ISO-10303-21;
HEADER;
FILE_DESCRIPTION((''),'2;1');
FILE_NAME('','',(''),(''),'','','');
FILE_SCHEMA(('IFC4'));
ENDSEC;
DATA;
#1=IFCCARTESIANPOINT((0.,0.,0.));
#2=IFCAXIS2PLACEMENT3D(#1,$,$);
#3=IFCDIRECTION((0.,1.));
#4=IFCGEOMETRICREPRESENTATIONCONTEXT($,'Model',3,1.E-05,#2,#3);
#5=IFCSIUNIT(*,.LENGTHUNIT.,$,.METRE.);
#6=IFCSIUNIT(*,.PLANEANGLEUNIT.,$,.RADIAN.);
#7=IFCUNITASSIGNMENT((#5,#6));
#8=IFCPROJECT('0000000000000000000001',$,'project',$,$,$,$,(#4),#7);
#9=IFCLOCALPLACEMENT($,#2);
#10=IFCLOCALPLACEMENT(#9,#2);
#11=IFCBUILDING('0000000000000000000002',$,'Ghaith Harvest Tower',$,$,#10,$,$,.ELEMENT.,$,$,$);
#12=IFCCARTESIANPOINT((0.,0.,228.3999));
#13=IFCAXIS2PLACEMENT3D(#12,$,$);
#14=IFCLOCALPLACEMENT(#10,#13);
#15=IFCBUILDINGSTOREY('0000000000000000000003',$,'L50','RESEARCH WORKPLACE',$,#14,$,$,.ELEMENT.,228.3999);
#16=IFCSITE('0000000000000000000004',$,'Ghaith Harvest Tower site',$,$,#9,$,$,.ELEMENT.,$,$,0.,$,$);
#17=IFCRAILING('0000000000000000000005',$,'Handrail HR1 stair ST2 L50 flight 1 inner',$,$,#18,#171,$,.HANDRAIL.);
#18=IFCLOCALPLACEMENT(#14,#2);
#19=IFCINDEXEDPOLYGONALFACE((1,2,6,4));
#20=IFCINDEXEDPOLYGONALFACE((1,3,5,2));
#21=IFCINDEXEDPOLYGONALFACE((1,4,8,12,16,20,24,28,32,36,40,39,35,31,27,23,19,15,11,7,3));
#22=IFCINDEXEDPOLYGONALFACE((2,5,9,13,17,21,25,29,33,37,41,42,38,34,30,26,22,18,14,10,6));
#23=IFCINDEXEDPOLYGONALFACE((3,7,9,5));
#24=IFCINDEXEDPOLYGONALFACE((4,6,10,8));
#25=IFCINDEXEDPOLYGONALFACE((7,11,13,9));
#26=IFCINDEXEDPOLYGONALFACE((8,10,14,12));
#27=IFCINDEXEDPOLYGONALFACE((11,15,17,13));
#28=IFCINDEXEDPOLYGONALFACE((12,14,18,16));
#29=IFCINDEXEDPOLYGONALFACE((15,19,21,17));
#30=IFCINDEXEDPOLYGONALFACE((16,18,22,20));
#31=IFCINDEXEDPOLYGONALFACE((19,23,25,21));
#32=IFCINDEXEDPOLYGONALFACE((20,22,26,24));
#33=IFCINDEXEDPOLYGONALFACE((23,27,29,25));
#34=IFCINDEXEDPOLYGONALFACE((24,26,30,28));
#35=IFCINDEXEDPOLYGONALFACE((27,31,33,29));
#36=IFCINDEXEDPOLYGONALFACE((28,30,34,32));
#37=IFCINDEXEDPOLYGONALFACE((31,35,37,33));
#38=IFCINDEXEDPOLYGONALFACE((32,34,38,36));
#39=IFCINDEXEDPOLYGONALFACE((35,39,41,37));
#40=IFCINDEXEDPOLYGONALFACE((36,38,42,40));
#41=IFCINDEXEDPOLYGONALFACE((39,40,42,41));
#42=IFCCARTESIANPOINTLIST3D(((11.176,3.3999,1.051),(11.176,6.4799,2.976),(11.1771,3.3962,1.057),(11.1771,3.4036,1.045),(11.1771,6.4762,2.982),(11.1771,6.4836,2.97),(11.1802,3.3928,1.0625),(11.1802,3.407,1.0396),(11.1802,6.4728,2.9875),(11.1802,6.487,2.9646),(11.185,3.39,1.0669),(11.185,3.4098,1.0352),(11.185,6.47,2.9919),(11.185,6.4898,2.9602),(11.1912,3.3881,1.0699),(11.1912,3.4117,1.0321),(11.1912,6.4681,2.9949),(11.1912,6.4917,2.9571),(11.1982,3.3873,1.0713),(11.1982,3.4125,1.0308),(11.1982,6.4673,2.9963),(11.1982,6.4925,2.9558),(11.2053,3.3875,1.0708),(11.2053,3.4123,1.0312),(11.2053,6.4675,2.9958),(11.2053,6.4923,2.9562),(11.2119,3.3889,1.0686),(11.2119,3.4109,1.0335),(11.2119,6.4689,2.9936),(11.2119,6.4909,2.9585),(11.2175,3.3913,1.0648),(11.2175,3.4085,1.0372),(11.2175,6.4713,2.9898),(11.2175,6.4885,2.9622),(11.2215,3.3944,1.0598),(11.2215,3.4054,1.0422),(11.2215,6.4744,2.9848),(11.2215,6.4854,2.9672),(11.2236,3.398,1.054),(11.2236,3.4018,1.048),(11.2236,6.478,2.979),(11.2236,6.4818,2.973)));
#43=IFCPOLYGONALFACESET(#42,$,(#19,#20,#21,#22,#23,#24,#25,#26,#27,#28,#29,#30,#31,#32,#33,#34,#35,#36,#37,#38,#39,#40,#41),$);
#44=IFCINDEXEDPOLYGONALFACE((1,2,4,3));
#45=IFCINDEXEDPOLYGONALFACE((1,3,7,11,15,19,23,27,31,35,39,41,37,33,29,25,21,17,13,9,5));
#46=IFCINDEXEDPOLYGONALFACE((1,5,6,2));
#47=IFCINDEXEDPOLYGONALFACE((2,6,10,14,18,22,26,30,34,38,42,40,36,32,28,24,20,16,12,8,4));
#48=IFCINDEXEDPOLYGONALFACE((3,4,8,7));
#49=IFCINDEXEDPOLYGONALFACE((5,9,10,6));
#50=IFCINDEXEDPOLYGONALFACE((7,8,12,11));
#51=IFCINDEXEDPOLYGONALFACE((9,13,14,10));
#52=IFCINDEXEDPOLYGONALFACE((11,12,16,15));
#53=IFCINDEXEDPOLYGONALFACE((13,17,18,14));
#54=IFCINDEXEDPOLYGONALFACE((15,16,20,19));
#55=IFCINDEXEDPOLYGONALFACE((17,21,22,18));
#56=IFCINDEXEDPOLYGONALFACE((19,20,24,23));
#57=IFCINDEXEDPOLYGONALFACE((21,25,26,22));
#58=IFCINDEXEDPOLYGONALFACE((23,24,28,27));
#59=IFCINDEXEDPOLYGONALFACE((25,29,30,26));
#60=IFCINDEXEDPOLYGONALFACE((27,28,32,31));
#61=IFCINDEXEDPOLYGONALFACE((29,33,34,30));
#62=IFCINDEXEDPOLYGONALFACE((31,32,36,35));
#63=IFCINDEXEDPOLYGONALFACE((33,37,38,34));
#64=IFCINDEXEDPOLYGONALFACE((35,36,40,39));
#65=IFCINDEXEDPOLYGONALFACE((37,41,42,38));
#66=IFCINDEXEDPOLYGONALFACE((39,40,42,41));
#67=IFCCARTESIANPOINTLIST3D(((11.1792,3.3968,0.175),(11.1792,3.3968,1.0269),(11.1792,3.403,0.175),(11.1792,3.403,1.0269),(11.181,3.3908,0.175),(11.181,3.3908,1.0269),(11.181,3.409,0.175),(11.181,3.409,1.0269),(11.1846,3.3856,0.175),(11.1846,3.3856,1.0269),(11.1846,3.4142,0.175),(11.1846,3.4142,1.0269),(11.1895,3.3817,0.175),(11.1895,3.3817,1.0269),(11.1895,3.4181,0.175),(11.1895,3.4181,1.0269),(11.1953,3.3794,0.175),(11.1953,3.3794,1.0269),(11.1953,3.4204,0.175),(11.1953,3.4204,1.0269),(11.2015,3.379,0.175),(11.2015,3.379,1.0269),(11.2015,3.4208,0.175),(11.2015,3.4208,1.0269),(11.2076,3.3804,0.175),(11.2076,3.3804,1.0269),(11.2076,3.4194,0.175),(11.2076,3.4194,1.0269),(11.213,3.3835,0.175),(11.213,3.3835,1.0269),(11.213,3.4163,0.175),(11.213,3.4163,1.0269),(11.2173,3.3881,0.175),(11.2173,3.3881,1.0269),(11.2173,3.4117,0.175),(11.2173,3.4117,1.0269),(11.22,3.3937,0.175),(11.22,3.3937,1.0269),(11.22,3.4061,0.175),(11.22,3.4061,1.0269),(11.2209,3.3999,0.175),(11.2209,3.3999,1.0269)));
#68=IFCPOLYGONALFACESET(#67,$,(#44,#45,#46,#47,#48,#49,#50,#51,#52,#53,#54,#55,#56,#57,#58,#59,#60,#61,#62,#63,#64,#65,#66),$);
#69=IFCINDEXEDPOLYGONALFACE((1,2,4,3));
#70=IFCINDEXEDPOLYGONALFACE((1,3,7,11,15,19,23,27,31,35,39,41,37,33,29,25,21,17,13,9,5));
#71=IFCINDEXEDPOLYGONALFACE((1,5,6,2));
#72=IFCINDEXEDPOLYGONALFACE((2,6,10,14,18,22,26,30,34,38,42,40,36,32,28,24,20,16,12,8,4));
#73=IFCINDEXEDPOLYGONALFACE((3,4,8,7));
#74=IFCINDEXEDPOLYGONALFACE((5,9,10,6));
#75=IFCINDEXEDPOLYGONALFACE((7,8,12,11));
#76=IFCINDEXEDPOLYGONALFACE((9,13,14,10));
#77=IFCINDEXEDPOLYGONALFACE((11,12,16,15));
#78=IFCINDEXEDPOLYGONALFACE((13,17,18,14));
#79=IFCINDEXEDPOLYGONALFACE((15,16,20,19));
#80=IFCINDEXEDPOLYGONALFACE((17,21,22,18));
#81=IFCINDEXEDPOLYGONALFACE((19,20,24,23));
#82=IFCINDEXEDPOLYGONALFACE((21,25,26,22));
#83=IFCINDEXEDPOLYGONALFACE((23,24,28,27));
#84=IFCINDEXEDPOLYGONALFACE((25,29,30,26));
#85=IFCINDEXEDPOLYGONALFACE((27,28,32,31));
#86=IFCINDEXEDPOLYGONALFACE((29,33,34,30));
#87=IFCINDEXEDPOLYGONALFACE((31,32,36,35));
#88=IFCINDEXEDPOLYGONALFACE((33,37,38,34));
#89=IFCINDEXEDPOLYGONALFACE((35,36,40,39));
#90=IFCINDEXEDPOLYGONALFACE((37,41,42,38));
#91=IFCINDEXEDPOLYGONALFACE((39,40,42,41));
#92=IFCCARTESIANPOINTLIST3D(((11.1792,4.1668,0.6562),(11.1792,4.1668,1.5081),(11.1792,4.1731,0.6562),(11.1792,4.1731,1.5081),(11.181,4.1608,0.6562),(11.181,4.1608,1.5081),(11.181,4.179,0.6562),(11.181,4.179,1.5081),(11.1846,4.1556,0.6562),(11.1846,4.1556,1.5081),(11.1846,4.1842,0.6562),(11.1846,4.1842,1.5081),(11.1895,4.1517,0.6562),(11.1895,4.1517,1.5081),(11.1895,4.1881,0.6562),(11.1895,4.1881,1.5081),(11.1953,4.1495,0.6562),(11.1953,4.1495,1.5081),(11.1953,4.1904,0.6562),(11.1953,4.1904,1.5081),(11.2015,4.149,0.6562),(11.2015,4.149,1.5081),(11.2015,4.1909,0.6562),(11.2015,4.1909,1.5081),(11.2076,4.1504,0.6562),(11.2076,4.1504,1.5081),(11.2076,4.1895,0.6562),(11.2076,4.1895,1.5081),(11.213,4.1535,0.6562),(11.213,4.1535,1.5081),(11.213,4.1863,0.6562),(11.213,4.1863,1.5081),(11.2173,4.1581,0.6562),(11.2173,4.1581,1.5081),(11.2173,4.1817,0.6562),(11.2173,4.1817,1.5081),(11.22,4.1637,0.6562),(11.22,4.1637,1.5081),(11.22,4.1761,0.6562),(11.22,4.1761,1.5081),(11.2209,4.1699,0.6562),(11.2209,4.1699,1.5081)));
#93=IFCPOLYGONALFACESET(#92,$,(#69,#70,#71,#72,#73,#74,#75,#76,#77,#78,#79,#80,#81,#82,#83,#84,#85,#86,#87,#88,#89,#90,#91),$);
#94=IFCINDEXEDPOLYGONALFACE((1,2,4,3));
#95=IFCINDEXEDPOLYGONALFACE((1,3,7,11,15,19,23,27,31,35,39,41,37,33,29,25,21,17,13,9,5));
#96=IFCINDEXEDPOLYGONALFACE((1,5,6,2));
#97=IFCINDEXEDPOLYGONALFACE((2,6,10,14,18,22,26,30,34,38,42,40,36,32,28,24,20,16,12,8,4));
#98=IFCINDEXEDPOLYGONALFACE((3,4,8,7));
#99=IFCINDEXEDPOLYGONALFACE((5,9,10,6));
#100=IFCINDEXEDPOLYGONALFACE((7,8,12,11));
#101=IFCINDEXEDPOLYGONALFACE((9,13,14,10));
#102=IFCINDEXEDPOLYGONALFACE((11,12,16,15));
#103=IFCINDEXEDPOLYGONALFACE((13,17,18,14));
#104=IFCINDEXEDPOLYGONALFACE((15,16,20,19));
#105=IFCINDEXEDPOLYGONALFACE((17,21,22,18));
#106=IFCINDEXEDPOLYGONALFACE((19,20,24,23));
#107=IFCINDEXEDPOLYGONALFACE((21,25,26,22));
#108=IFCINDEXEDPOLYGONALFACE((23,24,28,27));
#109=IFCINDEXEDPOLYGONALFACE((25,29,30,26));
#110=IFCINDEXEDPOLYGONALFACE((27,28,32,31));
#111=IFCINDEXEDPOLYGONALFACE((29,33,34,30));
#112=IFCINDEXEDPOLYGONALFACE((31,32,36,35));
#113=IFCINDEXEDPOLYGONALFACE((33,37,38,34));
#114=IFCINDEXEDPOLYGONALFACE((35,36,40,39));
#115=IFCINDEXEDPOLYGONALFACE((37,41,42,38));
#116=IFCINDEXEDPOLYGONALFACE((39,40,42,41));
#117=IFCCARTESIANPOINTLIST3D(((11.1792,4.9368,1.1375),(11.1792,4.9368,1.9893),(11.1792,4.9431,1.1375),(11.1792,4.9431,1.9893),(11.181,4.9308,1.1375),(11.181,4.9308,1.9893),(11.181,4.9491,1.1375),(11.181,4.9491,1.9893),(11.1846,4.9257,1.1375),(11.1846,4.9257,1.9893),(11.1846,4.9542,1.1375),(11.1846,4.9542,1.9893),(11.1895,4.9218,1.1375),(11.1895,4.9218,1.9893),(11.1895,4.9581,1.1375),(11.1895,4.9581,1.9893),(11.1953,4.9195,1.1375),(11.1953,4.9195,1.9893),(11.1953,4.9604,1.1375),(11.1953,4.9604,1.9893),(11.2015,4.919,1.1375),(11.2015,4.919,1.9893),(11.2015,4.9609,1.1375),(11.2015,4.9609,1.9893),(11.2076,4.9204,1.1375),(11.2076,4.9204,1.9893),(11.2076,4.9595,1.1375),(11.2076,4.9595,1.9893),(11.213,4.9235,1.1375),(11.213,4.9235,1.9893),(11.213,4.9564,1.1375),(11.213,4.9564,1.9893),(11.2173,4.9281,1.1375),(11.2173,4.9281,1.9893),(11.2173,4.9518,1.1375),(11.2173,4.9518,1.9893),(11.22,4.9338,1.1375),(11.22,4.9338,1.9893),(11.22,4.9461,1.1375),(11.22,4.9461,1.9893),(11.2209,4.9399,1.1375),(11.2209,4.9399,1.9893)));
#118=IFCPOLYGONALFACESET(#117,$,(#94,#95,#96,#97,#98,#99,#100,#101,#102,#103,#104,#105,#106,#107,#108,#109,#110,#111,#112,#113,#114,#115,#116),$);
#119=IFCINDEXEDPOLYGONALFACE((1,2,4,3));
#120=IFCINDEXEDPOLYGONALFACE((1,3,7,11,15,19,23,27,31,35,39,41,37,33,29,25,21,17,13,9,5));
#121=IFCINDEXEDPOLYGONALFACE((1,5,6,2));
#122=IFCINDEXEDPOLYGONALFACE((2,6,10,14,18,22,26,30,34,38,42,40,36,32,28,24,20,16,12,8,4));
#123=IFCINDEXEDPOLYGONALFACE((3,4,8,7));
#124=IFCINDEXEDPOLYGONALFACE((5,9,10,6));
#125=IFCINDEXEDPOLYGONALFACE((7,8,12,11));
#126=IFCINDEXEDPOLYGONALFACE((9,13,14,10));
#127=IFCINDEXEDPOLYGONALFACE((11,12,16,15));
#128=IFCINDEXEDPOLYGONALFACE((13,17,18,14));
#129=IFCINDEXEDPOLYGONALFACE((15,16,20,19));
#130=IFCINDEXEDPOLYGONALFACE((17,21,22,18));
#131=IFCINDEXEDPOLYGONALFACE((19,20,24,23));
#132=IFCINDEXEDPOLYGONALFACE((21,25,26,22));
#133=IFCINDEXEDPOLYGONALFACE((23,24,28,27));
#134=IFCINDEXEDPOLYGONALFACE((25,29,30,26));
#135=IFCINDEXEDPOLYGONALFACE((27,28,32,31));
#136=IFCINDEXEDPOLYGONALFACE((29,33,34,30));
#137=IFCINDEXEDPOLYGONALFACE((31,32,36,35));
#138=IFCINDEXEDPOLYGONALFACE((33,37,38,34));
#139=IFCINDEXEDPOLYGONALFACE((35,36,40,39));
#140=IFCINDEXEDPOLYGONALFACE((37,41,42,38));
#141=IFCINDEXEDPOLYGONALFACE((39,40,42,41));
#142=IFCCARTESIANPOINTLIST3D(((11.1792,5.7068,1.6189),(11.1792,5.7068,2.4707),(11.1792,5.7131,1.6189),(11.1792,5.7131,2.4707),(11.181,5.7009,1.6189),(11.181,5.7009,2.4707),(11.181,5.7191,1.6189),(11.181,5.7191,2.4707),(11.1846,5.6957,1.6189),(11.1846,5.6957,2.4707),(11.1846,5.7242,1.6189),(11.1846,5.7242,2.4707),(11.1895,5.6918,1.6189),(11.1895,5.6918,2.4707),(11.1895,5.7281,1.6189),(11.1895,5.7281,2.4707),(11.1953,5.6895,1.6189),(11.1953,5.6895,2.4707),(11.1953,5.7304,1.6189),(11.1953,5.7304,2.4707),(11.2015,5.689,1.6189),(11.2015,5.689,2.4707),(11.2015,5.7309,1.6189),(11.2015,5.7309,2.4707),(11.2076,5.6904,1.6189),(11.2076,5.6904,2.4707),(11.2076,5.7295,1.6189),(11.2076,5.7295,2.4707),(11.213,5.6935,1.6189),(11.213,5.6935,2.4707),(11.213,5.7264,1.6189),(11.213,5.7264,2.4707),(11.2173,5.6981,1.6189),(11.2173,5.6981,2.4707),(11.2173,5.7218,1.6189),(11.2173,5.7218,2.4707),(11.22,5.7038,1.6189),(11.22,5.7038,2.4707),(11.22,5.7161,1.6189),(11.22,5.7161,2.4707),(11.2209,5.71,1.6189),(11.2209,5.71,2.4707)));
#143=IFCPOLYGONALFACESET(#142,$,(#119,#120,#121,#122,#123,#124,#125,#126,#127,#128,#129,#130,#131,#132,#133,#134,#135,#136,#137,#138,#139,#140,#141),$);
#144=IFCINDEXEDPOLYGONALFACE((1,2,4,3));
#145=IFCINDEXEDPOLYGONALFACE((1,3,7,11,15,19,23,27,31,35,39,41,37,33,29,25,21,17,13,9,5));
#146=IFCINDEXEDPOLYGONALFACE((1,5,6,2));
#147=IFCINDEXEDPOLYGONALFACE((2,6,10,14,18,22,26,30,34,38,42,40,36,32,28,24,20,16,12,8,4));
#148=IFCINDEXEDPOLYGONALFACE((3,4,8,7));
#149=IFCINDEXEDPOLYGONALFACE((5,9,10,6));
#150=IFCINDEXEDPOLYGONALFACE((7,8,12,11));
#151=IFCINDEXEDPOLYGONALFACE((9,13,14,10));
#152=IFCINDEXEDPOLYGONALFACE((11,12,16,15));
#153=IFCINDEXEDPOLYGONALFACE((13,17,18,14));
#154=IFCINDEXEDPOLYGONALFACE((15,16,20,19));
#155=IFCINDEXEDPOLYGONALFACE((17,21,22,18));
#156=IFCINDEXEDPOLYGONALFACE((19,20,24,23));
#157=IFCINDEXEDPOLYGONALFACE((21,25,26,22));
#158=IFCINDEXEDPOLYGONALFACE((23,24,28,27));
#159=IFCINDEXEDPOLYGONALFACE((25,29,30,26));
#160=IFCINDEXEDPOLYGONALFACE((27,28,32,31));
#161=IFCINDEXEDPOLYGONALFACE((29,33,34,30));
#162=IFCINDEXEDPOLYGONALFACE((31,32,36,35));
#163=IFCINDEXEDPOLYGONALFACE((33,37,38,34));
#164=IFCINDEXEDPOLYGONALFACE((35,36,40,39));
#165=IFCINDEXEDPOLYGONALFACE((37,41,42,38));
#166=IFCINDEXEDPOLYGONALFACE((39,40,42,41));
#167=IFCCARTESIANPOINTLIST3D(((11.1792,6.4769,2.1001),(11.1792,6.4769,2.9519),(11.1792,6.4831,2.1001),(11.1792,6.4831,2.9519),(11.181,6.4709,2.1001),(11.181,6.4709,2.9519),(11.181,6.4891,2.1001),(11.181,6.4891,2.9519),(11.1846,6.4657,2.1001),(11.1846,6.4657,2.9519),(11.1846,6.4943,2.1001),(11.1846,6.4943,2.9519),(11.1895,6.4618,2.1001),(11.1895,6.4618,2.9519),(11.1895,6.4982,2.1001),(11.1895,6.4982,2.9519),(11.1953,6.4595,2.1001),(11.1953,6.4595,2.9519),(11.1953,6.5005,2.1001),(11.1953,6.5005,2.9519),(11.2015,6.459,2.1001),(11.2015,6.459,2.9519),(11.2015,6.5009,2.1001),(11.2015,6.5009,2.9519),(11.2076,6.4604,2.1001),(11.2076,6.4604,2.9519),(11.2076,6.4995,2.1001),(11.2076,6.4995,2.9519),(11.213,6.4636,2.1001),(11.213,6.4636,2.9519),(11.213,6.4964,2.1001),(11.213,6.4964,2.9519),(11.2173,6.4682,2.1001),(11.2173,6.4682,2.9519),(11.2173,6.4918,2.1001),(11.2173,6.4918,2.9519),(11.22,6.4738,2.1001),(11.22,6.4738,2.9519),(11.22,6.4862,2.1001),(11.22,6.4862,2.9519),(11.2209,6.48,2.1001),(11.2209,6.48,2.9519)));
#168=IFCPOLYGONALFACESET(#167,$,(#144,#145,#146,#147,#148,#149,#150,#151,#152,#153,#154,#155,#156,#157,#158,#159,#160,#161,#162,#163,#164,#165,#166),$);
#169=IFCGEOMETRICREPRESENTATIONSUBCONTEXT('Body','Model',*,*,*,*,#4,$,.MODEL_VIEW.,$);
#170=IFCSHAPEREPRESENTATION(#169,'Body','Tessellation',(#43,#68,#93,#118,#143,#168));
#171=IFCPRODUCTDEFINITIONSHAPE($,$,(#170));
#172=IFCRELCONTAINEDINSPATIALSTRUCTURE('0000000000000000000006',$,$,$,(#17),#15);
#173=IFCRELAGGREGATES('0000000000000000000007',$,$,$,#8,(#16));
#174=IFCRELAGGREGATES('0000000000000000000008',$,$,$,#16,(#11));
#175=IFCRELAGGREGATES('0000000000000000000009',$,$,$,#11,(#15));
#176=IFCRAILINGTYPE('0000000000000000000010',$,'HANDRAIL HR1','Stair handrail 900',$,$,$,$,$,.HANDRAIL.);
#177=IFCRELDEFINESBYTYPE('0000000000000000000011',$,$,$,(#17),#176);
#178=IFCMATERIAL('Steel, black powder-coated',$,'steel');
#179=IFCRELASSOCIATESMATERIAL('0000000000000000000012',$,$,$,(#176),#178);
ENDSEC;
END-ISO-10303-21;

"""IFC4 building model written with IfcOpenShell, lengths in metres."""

from ifc_helpers import new_model, si_unit, direction, frame, origin, origin_2d, place, context, subcontext, project, spatial, circle, extrude, material, type_object, element, save


model = new_model("IFC4")

# Units and contexts
model_context = context("Model", 3, precision=1e-05, world=origin(), true_north=direction((0.0, 1.0)))
body_context = subcontext(model_context, "Body", "Model", "MODEL_VIEW")
ifc_project = project(units=[si_unit("LENGTHUNIT", "METRE"), si_unit("PLANEANGLEUNIT", "RADIAN")], contexts=[model_context])

# Site, building, storey
site_placement = place(None, origin())
site = spatial("IfcSite", under=ifc_project, at=site_placement, Name="Ghaith Harvest Tower site", CompositionType="ELEMENT", RefElevation=0.0)
building_placement = place(site_placement, origin())
building = spatial("IfcBuilding", under=site, at=building_placement, Name="Ghaith Harvest Tower", CompositionType="ELEMENT")
storey_placement = place(building_placement, frame((0.0, 0.0, 228.3999)))
storey = spatial("IfcBuildingStorey", under=building, at=storey_placement, Name="L50", Description="RESEARCH WORKPLACE", CompositionType="ELEMENT", Elevation=228.3999)

# Railing
ifc_material_1 = material(Name="Steel, black powder-coated", Category="steel")
railing_type = type_object("IfcRailingType", Name="HANDRAIL HR1", Description="Stair handrail 900", PredefinedType="HANDRAIL", material=ifc_material_1)
railing_1_placement = place(storey_placement, frame((11.2, 3.3999, 0.175)))
element("IfcRailing", 1, at=railing_1_placement, inside=storey, type_object=railing_type, Name="Handrail HR1 stair ST2 L50 flight 1 inner", PredefinedType="HANDRAIL", context=body_context, shape_type="SweptSolid", body=[
    extrude(circle(Radius=0.0239, at=origin_2d()), frame((0.0, 0.0, 0.876), z_axis=(0.0, 0.847998, 0.529999), x_axis=(-1.0, 0.0, 0.0)), (0.0, 0.0, 1.0), 3.6321),
    extrude(circle(Radius=0.021, at=origin_2d()), origin(), (0.0, 0.0, 1.0), 0.8518),
    extrude(circle(Radius=0.021, at=origin_2d()), frame((0.0, 0.77, 0.4812)), (0.0, 0.0, 1.0), 0.8518),
    extrude(circle(Radius=0.021, at=origin_2d()), frame((0.0, 1.54, 0.9624)), (0.0, 0.0, 1.0), 0.8518),
    extrude(circle(Radius=0.021, at=origin_2d()), frame((0.0, 2.3101, 1.4438)), (0.0, 0.0, 1.0), 0.8518),
    extrude(circle(Radius=0.021, at=origin_2d()), frame((0.0, 3.0801, 1.925)), (0.0, 0.0, 1.0), 0.8518),
])

save(model, "model.ifc")
